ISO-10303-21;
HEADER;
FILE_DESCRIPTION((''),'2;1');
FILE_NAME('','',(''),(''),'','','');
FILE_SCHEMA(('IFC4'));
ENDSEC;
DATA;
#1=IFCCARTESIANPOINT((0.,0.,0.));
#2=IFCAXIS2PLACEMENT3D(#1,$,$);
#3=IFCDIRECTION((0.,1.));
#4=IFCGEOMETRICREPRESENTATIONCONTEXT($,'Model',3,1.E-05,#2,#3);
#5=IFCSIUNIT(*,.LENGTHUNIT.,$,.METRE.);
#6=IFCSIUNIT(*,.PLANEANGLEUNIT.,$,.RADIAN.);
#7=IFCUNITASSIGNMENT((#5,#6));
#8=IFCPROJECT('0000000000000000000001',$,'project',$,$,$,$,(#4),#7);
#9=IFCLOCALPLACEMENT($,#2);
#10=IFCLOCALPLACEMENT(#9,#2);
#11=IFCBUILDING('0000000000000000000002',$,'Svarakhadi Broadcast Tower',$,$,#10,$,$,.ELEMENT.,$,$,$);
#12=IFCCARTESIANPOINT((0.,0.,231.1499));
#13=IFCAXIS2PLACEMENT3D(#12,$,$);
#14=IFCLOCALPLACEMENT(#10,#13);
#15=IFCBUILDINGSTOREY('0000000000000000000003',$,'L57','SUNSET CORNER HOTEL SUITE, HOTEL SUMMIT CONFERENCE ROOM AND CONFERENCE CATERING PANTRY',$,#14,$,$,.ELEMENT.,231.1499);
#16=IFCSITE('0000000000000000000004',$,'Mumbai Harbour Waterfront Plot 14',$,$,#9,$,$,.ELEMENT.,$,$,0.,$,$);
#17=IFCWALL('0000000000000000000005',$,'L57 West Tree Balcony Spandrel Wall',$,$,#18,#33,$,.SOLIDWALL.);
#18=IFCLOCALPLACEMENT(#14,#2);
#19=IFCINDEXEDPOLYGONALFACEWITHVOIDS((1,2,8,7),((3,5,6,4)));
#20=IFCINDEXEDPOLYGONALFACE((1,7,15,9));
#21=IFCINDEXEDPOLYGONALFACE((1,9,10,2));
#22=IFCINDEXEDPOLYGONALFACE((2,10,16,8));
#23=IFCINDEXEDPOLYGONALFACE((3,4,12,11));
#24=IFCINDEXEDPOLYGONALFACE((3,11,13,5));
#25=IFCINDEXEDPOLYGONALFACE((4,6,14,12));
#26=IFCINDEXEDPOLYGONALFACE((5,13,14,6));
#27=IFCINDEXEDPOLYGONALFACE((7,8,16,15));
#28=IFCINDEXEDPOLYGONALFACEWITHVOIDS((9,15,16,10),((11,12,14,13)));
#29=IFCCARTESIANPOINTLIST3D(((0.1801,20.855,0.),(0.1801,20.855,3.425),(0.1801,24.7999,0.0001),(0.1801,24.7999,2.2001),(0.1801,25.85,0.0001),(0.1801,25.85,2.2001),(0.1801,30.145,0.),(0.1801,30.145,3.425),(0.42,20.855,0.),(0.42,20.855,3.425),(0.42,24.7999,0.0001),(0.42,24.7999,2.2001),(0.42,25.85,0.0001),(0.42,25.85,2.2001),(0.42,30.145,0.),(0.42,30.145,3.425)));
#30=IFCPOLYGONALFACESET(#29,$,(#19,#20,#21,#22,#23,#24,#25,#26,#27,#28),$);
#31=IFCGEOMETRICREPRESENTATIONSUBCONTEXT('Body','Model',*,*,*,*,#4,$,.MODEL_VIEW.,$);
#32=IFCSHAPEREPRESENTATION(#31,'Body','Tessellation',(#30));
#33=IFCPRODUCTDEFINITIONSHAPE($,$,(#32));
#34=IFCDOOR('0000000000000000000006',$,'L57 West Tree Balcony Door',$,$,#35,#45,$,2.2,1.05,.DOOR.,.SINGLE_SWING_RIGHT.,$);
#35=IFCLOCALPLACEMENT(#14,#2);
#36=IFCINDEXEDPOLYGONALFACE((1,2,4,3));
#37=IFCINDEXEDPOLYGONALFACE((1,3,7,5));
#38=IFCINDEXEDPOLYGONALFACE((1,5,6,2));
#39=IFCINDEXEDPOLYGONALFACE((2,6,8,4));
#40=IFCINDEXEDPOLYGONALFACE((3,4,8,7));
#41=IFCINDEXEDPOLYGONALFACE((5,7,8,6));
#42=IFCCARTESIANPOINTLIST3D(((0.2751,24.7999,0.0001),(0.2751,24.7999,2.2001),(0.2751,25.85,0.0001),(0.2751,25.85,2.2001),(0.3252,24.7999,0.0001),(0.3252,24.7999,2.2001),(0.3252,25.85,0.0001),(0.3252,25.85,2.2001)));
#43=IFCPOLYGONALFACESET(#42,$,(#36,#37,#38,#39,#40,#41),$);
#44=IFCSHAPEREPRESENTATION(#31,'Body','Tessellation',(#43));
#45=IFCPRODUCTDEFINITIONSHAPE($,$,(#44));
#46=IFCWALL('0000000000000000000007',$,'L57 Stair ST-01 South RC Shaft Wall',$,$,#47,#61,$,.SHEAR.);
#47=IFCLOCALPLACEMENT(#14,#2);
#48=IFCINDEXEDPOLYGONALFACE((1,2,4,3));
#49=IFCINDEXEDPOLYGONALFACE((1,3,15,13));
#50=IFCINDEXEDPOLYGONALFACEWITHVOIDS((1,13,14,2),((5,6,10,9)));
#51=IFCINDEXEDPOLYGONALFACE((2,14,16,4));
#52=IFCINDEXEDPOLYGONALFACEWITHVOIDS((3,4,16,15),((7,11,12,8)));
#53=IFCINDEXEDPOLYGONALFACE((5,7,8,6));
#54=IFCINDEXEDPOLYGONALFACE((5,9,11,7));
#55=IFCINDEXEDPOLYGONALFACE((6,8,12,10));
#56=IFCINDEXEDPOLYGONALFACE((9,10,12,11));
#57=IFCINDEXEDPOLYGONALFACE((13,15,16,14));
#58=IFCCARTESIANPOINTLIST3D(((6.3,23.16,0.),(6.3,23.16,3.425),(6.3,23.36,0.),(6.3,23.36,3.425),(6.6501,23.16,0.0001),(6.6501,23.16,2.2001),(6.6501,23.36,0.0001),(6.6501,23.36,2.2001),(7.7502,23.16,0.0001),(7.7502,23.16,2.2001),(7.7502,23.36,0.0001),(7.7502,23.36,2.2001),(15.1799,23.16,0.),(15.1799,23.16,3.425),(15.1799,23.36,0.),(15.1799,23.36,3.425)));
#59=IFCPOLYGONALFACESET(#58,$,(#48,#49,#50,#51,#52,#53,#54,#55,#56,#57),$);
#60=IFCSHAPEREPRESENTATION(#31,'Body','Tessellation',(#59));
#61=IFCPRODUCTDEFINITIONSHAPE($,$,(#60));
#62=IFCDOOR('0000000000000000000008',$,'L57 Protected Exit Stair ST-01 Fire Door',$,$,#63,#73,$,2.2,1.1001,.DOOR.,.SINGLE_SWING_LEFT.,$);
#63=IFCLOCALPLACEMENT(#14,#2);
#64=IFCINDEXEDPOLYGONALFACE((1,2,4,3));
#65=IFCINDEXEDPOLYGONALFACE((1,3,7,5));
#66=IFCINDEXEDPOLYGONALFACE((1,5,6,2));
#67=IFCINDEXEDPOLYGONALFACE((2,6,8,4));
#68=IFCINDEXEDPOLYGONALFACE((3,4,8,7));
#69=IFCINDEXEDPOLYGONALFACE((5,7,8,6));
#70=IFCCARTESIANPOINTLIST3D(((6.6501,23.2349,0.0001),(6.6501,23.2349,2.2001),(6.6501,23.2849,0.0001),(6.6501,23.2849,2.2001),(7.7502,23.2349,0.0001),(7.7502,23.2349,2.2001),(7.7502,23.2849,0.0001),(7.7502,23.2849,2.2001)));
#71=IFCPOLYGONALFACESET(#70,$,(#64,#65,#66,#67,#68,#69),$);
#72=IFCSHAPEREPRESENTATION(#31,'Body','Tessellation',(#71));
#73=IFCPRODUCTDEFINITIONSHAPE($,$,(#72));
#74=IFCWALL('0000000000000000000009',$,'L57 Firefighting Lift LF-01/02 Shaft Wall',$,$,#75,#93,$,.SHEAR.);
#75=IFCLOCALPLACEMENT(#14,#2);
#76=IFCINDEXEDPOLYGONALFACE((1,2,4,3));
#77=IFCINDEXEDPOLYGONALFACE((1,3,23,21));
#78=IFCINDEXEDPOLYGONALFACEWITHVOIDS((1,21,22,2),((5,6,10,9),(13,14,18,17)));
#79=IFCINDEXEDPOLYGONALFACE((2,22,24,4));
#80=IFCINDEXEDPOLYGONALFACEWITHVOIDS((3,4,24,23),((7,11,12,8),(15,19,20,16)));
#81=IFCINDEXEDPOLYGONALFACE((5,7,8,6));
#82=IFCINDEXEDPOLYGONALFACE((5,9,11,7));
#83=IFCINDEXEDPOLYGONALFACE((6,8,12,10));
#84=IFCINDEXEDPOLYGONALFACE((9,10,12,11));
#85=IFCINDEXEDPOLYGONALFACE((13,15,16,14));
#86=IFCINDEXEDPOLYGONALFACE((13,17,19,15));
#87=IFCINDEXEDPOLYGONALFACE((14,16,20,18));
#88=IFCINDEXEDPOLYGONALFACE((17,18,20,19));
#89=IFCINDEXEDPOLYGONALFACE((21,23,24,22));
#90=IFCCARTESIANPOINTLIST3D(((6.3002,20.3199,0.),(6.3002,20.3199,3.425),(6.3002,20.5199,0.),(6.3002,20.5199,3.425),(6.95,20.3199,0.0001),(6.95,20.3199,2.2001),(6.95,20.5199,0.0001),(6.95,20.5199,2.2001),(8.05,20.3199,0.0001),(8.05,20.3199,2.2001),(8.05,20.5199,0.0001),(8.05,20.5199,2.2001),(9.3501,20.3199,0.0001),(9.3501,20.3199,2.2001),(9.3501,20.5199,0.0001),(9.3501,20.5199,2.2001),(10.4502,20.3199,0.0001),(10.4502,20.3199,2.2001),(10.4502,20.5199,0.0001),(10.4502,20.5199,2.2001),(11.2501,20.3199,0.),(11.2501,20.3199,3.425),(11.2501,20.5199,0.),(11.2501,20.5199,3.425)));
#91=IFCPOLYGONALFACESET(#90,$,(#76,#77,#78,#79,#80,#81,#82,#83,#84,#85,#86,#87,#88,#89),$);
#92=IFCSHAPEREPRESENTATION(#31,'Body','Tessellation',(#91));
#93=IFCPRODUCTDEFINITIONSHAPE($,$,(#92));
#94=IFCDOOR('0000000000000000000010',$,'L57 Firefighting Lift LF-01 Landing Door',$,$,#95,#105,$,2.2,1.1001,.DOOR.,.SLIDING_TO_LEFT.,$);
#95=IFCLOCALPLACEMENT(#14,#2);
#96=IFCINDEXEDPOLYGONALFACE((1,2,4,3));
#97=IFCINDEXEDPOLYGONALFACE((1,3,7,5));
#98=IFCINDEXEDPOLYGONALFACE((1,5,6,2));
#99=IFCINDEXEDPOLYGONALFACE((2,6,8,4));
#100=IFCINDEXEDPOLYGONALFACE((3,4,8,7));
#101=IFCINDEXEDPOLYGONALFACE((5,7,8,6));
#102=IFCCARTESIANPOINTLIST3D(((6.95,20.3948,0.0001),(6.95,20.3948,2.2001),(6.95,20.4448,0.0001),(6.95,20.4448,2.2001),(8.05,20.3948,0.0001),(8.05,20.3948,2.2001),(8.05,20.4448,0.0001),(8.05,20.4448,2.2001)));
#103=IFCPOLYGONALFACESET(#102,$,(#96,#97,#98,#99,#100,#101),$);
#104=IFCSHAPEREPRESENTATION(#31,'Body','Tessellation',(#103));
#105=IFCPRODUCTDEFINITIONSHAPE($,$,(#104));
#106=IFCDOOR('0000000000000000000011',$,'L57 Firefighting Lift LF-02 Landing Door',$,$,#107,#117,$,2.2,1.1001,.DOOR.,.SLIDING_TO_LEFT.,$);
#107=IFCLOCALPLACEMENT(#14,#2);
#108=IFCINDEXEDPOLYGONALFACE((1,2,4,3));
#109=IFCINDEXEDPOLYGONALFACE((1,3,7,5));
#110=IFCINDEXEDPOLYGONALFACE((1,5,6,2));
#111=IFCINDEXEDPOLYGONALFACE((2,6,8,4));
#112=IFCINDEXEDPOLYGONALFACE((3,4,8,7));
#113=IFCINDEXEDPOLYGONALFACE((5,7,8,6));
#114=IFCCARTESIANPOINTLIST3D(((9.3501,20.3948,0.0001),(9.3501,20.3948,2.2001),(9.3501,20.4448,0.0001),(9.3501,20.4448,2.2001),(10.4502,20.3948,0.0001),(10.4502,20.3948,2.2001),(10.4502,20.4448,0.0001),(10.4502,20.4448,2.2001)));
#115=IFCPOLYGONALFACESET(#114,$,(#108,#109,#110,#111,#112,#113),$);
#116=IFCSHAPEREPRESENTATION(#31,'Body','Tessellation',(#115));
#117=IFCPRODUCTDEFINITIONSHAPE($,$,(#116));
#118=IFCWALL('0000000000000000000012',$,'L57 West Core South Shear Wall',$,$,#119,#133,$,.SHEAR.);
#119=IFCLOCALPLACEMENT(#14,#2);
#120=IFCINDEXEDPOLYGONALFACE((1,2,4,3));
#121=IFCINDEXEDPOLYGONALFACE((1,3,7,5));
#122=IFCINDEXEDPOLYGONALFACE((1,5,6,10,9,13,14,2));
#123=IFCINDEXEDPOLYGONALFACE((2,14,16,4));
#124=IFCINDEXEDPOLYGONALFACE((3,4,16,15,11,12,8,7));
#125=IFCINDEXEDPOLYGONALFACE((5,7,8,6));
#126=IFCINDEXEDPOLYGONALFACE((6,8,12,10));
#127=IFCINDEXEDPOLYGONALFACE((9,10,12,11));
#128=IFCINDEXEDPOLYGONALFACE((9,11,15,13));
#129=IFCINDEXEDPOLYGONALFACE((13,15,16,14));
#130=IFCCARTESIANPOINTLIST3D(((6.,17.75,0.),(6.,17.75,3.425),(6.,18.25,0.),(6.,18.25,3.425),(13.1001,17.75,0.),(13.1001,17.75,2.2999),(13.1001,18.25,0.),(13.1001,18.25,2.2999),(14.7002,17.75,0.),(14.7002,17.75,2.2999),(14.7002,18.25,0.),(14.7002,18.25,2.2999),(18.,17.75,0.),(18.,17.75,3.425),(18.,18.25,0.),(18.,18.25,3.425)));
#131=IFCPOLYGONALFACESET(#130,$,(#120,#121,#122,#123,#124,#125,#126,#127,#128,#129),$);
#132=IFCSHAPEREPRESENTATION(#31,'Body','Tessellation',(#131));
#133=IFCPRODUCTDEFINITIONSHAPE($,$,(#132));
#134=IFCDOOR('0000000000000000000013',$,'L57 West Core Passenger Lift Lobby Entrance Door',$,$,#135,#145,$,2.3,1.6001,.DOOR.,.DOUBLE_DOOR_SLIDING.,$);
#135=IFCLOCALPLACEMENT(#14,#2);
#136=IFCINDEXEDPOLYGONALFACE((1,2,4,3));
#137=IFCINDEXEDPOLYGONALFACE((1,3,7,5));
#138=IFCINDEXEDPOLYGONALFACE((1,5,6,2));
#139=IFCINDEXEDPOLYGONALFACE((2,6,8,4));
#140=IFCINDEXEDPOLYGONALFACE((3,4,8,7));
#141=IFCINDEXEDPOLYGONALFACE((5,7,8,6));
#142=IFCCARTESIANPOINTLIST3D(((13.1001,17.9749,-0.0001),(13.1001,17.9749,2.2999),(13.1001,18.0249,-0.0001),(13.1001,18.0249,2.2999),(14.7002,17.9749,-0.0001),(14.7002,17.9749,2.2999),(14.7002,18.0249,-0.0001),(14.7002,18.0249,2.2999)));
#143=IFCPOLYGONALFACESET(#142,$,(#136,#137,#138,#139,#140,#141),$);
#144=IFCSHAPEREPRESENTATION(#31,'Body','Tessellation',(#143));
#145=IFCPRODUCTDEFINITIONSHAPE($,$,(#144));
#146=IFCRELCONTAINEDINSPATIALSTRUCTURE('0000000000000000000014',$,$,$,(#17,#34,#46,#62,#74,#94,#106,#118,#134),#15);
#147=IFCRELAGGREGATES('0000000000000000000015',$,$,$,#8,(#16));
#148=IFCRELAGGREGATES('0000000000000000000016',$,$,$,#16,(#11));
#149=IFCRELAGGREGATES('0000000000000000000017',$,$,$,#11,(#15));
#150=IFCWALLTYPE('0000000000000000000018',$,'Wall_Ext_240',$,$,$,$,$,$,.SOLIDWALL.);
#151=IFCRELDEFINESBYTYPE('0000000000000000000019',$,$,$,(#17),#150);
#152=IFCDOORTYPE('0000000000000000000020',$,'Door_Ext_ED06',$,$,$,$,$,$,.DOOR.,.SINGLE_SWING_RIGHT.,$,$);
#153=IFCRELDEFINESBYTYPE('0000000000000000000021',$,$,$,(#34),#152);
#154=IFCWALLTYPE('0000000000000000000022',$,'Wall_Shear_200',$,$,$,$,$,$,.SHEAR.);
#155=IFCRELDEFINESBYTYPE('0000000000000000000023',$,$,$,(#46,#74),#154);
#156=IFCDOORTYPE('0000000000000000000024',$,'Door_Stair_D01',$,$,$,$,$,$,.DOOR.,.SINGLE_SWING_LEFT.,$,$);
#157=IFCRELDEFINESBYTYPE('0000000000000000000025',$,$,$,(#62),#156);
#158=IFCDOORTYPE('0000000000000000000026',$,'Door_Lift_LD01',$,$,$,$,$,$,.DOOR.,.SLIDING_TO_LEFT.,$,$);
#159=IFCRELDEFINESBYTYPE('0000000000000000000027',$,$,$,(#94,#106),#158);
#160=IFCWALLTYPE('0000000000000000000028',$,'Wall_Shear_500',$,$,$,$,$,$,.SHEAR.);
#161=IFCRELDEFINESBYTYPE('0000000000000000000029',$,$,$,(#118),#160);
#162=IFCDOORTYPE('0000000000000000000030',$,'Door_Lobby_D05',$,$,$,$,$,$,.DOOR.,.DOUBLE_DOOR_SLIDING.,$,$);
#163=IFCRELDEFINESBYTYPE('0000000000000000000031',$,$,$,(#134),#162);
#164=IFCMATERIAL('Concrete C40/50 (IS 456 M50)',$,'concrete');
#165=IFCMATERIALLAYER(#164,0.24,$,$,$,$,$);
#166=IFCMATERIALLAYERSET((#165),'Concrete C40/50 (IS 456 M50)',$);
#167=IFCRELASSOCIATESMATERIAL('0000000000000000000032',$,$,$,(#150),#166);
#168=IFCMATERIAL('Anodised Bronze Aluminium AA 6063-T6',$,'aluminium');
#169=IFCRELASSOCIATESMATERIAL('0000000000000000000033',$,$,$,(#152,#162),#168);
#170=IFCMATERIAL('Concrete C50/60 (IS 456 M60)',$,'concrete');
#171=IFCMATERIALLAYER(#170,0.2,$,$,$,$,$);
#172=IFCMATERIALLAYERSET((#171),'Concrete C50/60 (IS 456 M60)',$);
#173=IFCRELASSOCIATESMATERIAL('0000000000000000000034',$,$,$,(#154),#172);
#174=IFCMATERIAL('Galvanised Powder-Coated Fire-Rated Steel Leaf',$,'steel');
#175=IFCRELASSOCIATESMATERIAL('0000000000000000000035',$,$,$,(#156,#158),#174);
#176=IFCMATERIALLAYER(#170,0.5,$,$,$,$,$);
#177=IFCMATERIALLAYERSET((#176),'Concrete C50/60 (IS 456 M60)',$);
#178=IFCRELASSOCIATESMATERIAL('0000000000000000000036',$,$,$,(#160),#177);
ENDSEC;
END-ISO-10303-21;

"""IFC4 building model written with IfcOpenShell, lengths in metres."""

from ifc_helpers import new_model, si_unit, direction, frame, frame_2d, origin, place, context, subcontext, project, spatial, rectangle, extrude, material, layer, layer_set, type_object, element, fill, save


model = new_model("IFC4")

# Units and contexts
model_context = context("Model", 3, precision=1e-05, world=origin(), true_north=direction((0.0, 1.0)))
body_context = subcontext(model_context, "Body", "Model", "MODEL_VIEW")
ifc_project = project(units=[si_unit("LENGTHUNIT", "METRE"), si_unit("PLANEANGLEUNIT", "RADIAN")], contexts=[model_context])

# Site, building, storey
site_placement = place(None, origin())
site = spatial("IfcSite", under=ifc_project, at=site_placement, Name="Mumbai Harbour Waterfront Plot 14", CompositionType="ELEMENT", RefElevation=0.0)
building_placement = place(site_placement, origin())
building = spatial("IfcBuilding", under=site, at=building_placement, Name="Svarakhadi Broadcast Tower", CompositionType="ELEMENT")
storey_placement = place(building_placement, frame((0.0, 0.0, 231.1499)))
storey = spatial("IfcBuildingStorey", under=building, at=storey_placement, Name="L57", Description="SUNSET CORNER HOTEL SUITE, HOTEL SUMMIT CONFERENCE ROOM AND CONFERENCE CATERING PANTRY", CompositionType="ELEMENT", Elevation=231.1499)

# Shared definitions
ifc_material_1 = material(Name="Concrete C50/60 (IS 456 M60)", Category="concrete")

# Shared definitions
ifc_material_2 = material(Name="Anodised Bronze Aluminium AA 6063-T6", Category="aluminium")

# Walls, openings, doors
ifc_material_3 = material(Name="Concrete C40/50 (IS 456 M50)", Category="concrete")
ifc_layer_1 = layer(ifc_material_3, 0.24)
ifc_layer_set_1 = layer_set([ifc_layer_1], Name="Concrete C40/50 (IS 456 M50)")
wall_type_1 = type_object("IfcWallType", Name="Wall_Ext_240", PredefinedType="SOLIDWALL", material=ifc_layer_set_1)
wall_1_placement = place(storey_placement, frame((0.3, 20.855, 0.0), z_axis=(0.0, 0.0, 1.0), x_axis=(0.0, 1.0, 0.0)))
wall_1 = element("IfcWall", 1, at=wall_1_placement, inside=storey, type_object=wall_type_1, Name="L57 West Tree Balcony Spandrel Wall", PredefinedType="SOLIDWALL", context=body_context, shape_type="SweptSolid", body=[
    extrude(rectangle(XDim=9.29, YDim=0.24, at=frame_2d((4.645, 0.0))), origin(), (0.0, 0.0, 1.0), 3.425),
])
opening_1_placement = place(wall_1_placement, frame((3.9451, 0.0, 0.0)))
opening_1 = element("IfcOpeningElement", 2, at=opening_1_placement, cuts=wall_1, PredefinedType="OPENING", context=body_context, shape_type="SweptSolid", body=[
    extrude(rectangle(XDim=1.05, YDim=2.2, at=frame_2d((0.5249, 1.1001))), frame((0.0, 0.1299, 0.0), z_axis=(0.0, -1.0, 0.0), x_axis=(1.0, 0.0, 0.0)), (0.0, 0.0, 1.0), 0.26),
])
door_type_1 = type_object("IfcDoorType", Name="Door_Ext_ED06", OperationType="SINGLE_SWING_RIGHT", PredefinedType="DOOR", material=ifc_material_2)
door_1_placement = place(opening_1_placement, origin())
door_1 = element("IfcDoor", 3, at=door_1_placement, inside=storey, type_object=door_type_1, Name="L57 West Tree Balcony Door", OperationType="SINGLE_SWING_RIGHT", OverallHeight=2.2, OverallWidth=1.05, PredefinedType="DOOR", context=body_context, shape_type="SweptSolid", body=[
    extrude(rectangle(XDim=1.05, YDim=2.2, at=frame_2d((0.5249, 1.1001))), frame((0.0, 0.0249, 0.0), z_axis=(0.0, -1.0, 0.0), x_axis=(1.0, 0.0, 0.0)), (0.0, 0.0, 1.0), 0.05),
])
fill(opening_1, door_1)
ifc_layer_2 = layer(ifc_material_1, 0.2)
ifc_layer_set_2 = layer_set([ifc_layer_2], Name="Concrete C50/60 (IS 456 M60)")
wall_type_2 = type_object("IfcWallType", Name="Wall_Shear_200", PredefinedType="SHEAR", material=ifc_layer_set_2)
wall_2_placement = place(storey_placement, frame((6.3, 23.26, 0.0), z_axis=(0.0, 0.0, 1.0), x_axis=(1.0, 0.0, 0.0)))
wall_2 = element("IfcWall", 4, at=wall_2_placement, inside=storey, type_object=wall_type_2, Name="L57 Stair ST-01 South RC Shaft Wall", PredefinedType="SHEAR", context=body_context, shape_type="SweptSolid", body=[
    extrude(rectangle(XDim=8.8799, YDim=0.2, at=frame_2d((4.4399, 0.0))), origin(), (0.0, 0.0, 1.0), 3.425),
])
opening_2_placement = place(wall_2_placement, frame((0.3501, 0.0, 0.0)))
opening_2 = element("IfcOpeningElement", 5, at=opening_2_placement, cuts=wall_2, PredefinedType="OPENING", context=body_context, shape_type="SweptSolid", body=[
    extrude(rectangle(XDim=1.1001, YDim=2.2, at=frame_2d((0.55, 1.1001))), frame((0.0, 0.1099, 0.0), z_axis=(0.0, -1.0, 0.0), x_axis=(1.0, 0.0, 0.0)), (0.0, 0.0, 1.0), 0.22),
])
ifc_material_4 = material(Name="Galvanised Powder-Coated Fire-Rated Steel Leaf", Category="steel")
door_type_2 = type_object("IfcDoorType", Name="Door_Stair_D01", OperationType="SINGLE_SWING_LEFT", PredefinedType="DOOR", material=ifc_material_4)
door_2_placement = place(opening_2_placement, origin())
door_2 = element("IfcDoor", 6, at=door_2_placement, inside=storey, type_object=door_type_2, Name="L57 Protected Exit Stair ST-01 Fire Door", OperationType="SINGLE_SWING_LEFT", OverallHeight=2.2, OverallWidth=1.1001, PredefinedType="DOOR", context=body_context, shape_type="SweptSolid", body=[
    extrude(rectangle(XDim=1.1001, YDim=2.2, at=frame_2d((0.55, 1.1001))), frame((0.0, 0.0249, 0.0), z_axis=(0.0, -1.0, 0.0), x_axis=(1.0, 0.0, 0.0)), (0.0, 0.0, 1.0), 0.05),
])
fill(opening_2, door_2)

# Wall, openings, doors
wall_3_placement = place(storey_placement, frame((6.3, 20.4199, 0.0), z_axis=(0.0, 0.0, 1.0), x_axis=(1.0, 0.0, 0.0)))
wall_3 = element("IfcWall", 7, at=wall_3_placement, inside=storey, type_object=wall_type_2, Name="L57 Firefighting Lift LF-01/02 Shaft Wall", PredefinedType="SHEAR", context=body_context, shape_type="SweptSolid", body=[
    extrude(rectangle(XDim=4.95, YDim=0.2, at=frame_2d((2.4751, 0.0))), origin(), (0.0, 0.0, 1.0), 3.425),
])
opening_3_placement = place(wall_3_placement, frame((0.6499, 0.0, 0.0)))
opening_3 = element("IfcOpeningElement", 8, at=opening_3_placement, cuts=wall_3, PredefinedType="OPENING", context=body_context, shape_type="SweptSolid", body=[
    extrude(rectangle(XDim=1.1001, YDim=2.2, at=frame_2d((0.55, 1.1001))), frame((0.0, 0.1099, 0.0), z_axis=(0.0, -1.0, 0.0), x_axis=(1.0, 0.0, 0.0)), (0.0, 0.0, 1.0), 0.22),
])
opening_4_placement = place(wall_3_placement, frame((3.05, 0.0, 0.0)))
opening_4 = element("IfcOpeningElement", 9, at=opening_4_placement, cuts=wall_3, PredefinedType="OPENING", context=body_context, shape_type="SweptSolid", body=[
    extrude(rectangle(XDim=1.1001, YDim=2.2, at=frame_2d((0.55, 1.1001))), frame((0.0, 0.1099, 0.0), z_axis=(0.0, -1.0, 0.0), x_axis=(1.0, 0.0, 0.0)), (0.0, 0.0, 1.0), 0.22),
])
door_type_3 = type_object("IfcDoorType", Name="Door_Lift_LD01", OperationType="SLIDING_TO_LEFT", PredefinedType="DOOR", material=ifc_material_4)
door_3_placement = place(opening_3_placement, origin())
door_3 = element("IfcDoor", 10, at=door_3_placement, inside=storey, type_object=door_type_3, Name="L57 Firefighting Lift LF-01 Landing Door", OperationType="SLIDING_TO_LEFT", OverallHeight=2.2, OverallWidth=1.1001, PredefinedType="DOOR", context=body_context, shape_type="SweptSolid", body=[
    extrude(rectangle(XDim=1.1001, YDim=2.2, at=frame_2d((0.55, 1.1001))), frame((0.0, 0.0249, 0.0), z_axis=(0.0, -1.0, 0.0), x_axis=(1.0, 0.0, 0.0)), (0.0, 0.0, 1.0), 0.05),
])
fill(opening_3, door_3)
door_4_placement = place(opening_4_placement, origin())
door_4 = element("IfcDoor", 11, at=door_4_placement, inside=storey, type_object=door_type_3, Name="L57 Firefighting Lift LF-02 Landing Door", OperationType="SLIDING_TO_LEFT", OverallHeight=2.2, OverallWidth=1.1001, PredefinedType="DOOR", context=body_context, shape_type="SweptSolid", body=[
    extrude(rectangle(XDim=1.1001, YDim=2.2, at=frame_2d((0.55, 1.1001))), frame((0.0, 0.0249, 0.0), z_axis=(0.0, -1.0, 0.0), x_axis=(1.0, 0.0, 0.0)), (0.0, 0.0, 1.0), 0.05),
])
fill(opening_4, door_4)

# Wall, opening, door
ifc_layer_3 = layer(ifc_material_1, 0.5)
ifc_layer_set_3 = layer_set([ifc_layer_3], Name="Concrete C50/60 (IS 456 M60)")
wall_type_3 = type_object("IfcWallType", Name="Wall_Shear_500", PredefinedType="SHEAR", material=ifc_layer_set_3)
wall_4_placement = place(storey_placement, frame((6.0, 18.0, 0.0), z_axis=(0.0, 0.0, 1.0), x_axis=(1.0, 0.0, 0.0)))
wall_4 = element("IfcWall", 12, at=wall_4_placement, inside=storey, type_object=wall_type_3, Name="L57 West Core South Shear Wall", PredefinedType="SHEAR", context=body_context, shape_type="SweptSolid", body=[
    extrude(rectangle(XDim=12.0, YDim=0.5, at=frame_2d((6.0, 0.0))), origin(), (0.0, 0.0, 1.0), 3.425),
])
opening_5_placement = place(wall_4_placement, frame((7.1001, 0.0, 0.0)))
opening_5 = element("IfcOpeningElement", 13, at=opening_5_placement, cuts=wall_4, PredefinedType="OPENING", context=body_context, shape_type="SweptSolid", body=[
    extrude(rectangle(XDim=1.6001, YDim=2.3, at=frame_2d((0.8, 1.1499))), frame((0.0, 0.26, 0.0), z_axis=(0.0, -1.0, 0.0), x_axis=(1.0, 0.0, 0.0)), (0.0, 0.0, 1.0), 0.52),
])
door_type_4 = type_object("IfcDoorType", Name="Door_Lobby_D05", OperationType="DOUBLE_DOOR_SLIDING", PredefinedType="DOOR", material=ifc_material_2)
door_5_placement = place(opening_5_placement, origin())
door_5 = element("IfcDoor", 14, at=door_5_placement, inside=storey, type_object=door_type_4, Name="L57 West Core Passenger Lift Lobby Entrance Door", OperationType="DOUBLE_DOOR_SLIDING", OverallHeight=2.3, OverallWidth=1.6001, PredefinedType="DOOR", context=body_context, shape_type="SweptSolid", body=[
    extrude(rectangle(XDim=1.6001, YDim=2.3, at=frame_2d((0.8, 1.1499))), frame((0.0, 0.0249, 0.0), z_axis=(0.0, -1.0, 0.0), x_axis=(1.0, 0.0, 0.0)), (0.0, 0.0, 1.0), 0.05),
])
fill(opening_5, door_5)

save(model, "model.ifc")
